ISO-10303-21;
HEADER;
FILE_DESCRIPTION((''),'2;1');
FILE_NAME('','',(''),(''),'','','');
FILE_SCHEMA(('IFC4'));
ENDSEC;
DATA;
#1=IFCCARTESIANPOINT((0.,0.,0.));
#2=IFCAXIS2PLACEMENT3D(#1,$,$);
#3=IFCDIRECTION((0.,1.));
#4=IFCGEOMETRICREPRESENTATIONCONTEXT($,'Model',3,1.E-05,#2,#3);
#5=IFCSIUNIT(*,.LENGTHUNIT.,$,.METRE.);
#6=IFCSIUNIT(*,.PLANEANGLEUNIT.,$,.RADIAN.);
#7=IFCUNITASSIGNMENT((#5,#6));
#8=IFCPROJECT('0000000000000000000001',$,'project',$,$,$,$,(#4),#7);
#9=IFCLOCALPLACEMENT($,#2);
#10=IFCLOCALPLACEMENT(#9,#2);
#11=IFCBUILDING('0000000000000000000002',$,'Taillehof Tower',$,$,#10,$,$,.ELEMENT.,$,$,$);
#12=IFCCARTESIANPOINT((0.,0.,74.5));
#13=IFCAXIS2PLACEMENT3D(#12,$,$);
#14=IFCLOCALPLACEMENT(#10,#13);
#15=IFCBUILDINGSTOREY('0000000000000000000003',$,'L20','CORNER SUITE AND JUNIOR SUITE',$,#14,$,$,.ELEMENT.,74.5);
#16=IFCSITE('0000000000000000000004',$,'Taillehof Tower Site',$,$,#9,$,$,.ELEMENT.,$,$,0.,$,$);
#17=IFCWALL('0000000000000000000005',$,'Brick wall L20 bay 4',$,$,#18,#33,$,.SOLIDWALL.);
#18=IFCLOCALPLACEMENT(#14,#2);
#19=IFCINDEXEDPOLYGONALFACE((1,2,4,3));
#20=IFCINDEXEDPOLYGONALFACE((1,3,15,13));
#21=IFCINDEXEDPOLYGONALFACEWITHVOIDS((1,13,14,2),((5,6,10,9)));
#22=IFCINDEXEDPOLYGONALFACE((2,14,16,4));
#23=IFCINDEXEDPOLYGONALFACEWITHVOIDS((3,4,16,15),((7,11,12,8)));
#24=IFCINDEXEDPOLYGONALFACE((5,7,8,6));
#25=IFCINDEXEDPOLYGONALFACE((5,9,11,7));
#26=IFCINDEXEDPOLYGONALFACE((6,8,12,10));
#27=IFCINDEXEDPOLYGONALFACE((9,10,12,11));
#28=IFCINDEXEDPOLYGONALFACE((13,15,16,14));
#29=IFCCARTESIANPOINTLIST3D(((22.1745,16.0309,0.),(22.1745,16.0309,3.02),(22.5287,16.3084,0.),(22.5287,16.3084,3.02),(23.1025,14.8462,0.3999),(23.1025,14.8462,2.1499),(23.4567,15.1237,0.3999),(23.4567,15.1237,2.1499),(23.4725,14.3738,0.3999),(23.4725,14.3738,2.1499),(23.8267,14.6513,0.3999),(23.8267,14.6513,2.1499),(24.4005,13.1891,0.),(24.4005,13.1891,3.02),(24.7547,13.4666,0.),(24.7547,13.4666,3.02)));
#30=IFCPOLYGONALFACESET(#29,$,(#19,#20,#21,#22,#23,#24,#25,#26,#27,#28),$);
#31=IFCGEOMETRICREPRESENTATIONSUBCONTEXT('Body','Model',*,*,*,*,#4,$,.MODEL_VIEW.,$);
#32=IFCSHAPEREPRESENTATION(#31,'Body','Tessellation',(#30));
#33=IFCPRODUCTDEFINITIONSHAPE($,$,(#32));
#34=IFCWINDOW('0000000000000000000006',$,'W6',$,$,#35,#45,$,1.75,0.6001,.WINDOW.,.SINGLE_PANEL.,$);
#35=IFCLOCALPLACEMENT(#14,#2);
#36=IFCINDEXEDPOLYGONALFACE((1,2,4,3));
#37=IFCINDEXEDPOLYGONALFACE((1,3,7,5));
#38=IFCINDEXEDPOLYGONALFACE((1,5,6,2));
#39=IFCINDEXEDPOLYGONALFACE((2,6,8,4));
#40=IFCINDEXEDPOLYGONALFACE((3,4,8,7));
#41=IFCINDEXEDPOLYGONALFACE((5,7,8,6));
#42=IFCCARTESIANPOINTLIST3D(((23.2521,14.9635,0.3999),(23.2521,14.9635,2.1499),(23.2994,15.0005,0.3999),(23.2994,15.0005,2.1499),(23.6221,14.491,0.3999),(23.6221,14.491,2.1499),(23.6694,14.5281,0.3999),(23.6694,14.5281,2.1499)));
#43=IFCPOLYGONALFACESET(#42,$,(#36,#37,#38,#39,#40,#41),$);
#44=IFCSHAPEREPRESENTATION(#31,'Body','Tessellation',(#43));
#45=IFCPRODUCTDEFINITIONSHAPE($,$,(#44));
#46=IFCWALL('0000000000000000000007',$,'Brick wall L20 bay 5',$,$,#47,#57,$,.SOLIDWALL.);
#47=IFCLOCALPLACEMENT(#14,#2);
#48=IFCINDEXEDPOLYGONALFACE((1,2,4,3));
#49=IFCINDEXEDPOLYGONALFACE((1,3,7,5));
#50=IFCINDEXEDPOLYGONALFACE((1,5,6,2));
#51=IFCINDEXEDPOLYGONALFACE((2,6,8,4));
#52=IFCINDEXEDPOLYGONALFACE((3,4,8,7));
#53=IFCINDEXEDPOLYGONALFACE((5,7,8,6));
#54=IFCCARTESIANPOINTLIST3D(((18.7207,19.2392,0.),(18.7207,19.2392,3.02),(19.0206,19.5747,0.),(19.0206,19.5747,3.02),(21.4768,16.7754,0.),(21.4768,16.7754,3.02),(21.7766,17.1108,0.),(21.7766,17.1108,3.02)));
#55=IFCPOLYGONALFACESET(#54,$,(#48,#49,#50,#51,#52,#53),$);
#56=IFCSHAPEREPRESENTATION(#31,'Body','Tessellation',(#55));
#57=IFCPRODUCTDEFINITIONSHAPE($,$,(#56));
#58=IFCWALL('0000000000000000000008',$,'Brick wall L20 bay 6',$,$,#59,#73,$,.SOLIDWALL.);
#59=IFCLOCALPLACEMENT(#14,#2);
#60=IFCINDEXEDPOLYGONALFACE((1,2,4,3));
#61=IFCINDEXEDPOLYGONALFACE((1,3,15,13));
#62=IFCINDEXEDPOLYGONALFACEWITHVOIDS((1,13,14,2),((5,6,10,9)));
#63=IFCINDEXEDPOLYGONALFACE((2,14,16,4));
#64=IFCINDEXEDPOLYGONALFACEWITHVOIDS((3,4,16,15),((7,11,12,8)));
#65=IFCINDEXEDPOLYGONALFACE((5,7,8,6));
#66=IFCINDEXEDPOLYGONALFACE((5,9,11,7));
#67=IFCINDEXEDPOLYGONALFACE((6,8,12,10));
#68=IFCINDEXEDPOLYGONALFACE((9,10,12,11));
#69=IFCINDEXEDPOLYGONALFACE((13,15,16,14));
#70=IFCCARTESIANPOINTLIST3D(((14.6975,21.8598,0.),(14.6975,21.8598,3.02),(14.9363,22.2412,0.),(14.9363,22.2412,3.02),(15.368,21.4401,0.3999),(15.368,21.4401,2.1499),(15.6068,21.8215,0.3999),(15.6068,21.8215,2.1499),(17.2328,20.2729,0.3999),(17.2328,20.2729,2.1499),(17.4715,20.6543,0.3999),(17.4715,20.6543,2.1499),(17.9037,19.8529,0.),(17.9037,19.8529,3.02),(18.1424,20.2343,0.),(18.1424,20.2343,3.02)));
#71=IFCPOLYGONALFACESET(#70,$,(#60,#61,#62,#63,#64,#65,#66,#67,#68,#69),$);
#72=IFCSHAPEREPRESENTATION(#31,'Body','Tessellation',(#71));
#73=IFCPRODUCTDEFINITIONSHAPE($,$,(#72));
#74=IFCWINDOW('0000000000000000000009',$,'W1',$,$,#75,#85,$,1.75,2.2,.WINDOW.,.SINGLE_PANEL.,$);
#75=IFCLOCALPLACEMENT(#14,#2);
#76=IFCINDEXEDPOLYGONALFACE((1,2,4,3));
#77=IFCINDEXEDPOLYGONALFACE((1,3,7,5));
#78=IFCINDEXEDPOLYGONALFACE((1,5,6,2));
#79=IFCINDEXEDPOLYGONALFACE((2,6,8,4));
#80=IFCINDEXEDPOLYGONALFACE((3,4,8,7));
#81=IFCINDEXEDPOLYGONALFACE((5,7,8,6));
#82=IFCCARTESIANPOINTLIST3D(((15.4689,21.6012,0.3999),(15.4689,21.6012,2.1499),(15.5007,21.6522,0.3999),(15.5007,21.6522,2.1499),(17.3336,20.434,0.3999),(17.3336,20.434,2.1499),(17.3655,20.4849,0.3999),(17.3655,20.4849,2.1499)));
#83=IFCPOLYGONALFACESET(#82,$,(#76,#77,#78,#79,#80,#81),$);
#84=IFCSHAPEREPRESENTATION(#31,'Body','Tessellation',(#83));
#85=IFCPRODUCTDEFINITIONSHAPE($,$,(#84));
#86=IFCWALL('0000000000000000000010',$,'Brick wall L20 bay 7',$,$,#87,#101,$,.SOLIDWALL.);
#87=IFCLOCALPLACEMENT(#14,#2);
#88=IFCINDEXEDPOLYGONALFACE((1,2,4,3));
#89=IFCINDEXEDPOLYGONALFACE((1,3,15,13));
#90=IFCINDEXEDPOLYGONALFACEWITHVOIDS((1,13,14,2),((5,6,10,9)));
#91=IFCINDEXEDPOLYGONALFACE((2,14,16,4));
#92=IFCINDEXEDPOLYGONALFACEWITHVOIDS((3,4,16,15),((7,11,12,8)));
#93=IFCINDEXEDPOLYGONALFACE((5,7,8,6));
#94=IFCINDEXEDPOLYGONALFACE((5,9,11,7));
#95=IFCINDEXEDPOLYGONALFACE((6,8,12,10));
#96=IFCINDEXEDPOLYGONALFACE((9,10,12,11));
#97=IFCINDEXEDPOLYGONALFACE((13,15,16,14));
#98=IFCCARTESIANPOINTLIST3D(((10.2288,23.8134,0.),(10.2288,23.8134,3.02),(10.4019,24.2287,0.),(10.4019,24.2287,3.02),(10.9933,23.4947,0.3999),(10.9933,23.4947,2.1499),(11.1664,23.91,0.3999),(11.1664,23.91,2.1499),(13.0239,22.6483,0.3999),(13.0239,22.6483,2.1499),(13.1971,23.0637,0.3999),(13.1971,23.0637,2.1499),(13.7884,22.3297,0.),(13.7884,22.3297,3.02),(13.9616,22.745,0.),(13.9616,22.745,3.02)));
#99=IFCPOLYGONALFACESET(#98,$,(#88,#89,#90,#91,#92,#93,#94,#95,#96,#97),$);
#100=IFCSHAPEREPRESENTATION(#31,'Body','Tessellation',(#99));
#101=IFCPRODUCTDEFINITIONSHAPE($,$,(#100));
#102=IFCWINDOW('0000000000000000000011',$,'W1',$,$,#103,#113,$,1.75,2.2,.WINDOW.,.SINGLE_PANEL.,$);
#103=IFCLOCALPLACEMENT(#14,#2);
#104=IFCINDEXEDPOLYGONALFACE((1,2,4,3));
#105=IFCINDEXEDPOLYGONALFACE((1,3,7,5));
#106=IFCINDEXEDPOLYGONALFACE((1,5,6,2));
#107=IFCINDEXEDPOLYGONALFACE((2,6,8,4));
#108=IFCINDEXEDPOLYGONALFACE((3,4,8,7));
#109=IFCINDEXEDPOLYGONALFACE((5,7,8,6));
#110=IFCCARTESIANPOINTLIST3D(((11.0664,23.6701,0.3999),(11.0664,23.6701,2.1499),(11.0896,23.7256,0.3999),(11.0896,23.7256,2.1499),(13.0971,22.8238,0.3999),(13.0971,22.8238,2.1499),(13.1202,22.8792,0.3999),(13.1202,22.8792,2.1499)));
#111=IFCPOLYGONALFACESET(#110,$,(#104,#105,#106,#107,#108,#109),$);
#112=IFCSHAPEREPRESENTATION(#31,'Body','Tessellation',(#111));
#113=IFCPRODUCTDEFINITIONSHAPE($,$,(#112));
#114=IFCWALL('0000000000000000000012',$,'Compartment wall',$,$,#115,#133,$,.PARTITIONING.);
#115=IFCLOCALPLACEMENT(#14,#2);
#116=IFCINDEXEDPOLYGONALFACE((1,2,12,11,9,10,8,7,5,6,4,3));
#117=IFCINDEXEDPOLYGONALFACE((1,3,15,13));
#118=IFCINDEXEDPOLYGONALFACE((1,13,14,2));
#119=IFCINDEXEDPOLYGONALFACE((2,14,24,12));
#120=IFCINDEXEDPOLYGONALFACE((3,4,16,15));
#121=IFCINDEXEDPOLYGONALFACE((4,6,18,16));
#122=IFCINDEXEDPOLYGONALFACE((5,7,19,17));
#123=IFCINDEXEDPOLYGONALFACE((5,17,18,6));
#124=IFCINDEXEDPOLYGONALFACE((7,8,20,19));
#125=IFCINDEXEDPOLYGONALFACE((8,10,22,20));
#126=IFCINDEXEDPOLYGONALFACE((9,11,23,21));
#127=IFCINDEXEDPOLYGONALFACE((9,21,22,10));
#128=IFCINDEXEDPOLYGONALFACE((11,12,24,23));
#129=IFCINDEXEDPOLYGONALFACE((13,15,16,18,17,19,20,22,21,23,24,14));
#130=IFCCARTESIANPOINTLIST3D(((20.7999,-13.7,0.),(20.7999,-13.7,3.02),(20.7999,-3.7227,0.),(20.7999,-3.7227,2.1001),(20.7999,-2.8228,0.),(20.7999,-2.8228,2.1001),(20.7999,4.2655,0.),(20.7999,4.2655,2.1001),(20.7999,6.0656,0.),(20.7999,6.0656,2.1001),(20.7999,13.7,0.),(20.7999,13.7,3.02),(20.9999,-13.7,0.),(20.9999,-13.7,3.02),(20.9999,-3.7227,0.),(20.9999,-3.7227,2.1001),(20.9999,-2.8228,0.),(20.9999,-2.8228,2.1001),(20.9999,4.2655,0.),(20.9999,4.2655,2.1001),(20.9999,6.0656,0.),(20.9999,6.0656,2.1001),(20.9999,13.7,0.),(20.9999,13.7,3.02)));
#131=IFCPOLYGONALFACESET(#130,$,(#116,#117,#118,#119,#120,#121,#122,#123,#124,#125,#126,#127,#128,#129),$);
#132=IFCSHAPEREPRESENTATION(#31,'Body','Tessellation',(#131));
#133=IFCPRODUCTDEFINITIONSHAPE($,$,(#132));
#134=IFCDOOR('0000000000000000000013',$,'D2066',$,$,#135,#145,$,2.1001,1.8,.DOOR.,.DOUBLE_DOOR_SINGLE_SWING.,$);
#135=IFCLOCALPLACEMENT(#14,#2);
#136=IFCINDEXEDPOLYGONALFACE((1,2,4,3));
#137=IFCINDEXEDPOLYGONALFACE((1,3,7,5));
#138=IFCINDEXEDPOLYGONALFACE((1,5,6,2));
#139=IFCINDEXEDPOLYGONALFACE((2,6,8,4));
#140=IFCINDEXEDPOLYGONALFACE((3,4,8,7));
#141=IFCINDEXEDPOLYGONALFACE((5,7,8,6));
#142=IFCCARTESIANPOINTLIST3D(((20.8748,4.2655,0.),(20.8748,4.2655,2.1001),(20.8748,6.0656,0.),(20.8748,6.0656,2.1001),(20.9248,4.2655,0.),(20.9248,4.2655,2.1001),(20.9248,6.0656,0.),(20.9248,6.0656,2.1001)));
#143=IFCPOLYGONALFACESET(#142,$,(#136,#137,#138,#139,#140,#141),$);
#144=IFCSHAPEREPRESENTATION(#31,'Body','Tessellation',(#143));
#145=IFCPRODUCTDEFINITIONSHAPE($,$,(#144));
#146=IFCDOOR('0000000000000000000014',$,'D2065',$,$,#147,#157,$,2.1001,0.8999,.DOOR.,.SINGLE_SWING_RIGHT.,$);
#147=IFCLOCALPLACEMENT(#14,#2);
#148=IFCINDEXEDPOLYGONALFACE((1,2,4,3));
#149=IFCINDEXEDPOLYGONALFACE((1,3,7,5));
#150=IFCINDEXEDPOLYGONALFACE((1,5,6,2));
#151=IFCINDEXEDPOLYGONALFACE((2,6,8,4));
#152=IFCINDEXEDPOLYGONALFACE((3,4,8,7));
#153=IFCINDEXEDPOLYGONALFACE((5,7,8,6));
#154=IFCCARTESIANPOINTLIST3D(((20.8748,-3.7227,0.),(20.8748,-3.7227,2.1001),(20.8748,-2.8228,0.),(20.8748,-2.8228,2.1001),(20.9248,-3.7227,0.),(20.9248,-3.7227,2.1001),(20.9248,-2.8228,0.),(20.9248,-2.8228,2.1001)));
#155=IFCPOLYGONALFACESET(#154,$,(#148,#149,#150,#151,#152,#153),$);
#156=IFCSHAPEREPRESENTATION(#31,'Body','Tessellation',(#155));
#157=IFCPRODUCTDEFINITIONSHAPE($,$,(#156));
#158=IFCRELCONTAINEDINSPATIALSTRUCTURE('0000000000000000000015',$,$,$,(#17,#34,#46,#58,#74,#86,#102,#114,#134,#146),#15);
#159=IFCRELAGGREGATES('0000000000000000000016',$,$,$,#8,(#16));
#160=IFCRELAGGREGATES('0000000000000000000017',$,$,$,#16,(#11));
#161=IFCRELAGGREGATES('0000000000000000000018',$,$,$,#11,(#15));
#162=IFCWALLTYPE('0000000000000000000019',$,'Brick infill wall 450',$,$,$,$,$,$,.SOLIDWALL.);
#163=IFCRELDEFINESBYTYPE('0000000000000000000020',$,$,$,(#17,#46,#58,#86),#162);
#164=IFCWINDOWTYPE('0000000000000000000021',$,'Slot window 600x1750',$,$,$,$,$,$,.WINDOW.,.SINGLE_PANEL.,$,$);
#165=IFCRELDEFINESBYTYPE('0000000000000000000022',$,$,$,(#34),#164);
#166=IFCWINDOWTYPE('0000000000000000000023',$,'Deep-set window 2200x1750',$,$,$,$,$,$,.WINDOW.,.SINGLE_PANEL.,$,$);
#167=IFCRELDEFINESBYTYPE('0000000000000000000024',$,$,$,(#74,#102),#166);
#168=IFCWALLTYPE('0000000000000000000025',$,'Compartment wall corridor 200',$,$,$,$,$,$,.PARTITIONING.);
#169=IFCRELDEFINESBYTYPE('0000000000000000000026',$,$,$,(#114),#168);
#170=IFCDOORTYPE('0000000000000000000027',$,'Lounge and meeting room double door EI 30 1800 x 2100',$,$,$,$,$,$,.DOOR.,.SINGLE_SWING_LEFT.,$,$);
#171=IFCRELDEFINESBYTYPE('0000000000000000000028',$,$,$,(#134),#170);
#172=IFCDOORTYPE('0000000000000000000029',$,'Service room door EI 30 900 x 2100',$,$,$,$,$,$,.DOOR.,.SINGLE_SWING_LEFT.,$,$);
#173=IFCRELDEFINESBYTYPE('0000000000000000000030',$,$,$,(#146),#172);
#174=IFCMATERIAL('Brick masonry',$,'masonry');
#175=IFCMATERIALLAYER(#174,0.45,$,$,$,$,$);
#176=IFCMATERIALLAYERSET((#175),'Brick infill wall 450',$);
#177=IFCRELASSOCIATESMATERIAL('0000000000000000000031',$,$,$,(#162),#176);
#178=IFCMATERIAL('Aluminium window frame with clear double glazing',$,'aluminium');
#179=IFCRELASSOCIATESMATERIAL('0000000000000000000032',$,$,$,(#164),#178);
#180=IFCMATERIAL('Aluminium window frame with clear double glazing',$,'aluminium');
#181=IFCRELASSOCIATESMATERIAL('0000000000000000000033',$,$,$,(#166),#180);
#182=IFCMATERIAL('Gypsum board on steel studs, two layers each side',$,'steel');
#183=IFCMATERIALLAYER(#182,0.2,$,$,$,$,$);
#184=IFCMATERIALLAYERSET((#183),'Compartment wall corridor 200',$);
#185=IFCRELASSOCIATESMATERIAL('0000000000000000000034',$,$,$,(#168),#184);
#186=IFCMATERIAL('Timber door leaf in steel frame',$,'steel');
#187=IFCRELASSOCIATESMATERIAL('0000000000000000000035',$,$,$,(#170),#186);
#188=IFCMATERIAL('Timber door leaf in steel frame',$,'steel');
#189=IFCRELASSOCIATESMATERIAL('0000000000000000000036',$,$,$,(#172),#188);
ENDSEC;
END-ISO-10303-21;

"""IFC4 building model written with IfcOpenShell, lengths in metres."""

from ifc_helpers import new_model, si_unit, direction, frame, frame_2d, origin, place, context, subcontext, project, spatial, rectangle, extrude, material, layer, layer_set, type_object, element, fill, save


model = new_model("IFC4")

# Units and contexts
model_context = context("Model", 3, precision=1e-05, world=origin(), true_north=direction((0.0, 1.0)))
body_context = subcontext(model_context, "Body", "Model", "MODEL_VIEW")
ifc_project = project(units=[si_unit("LENGTHUNIT", "METRE"), si_unit("PLANEANGLEUNIT", "RADIAN")], contexts=[model_context])

# Site, building, storey
site_placement = place(None, origin())
site = spatial("IfcSite", under=ifc_project, at=site_placement, Name="Taillehof Tower Site", CompositionType="ELEMENT", RefElevation=0.0)
building_placement = place(site_placement, origin())
building = spatial("IfcBuilding", under=site, at=building_placement, Name="Taillehof Tower", CompositionType="ELEMENT")
storey_placement = place(building_placement, frame((0.0, 0.0, 74.5)))
storey = spatial("IfcBuildingStorey", under=building, at=storey_placement, Name="L20", Description="CORNER SUITE AND JUNIOR SUITE", CompositionType="ELEMENT", Elevation=74.5)

# Wall, opening, window
ifc_material_1 = material(Name="Brick masonry", Category="masonry")
ifc_layer_1 = layer(ifc_material_1, 0.45)
ifc_layer_set_1 = layer_set([ifc_layer_1], Name="Brick infill wall 450")
wall_type_1 = type_object("IfcWallType", Name="Brick infill wall 450", PredefinedType="SOLIDWALL", material=ifc_layer_set_1)
wall_1_placement = place(storey_placement, frame((24.5776, 13.3279, 0.0), z_axis=(0.0, 0.0, 1.0), x_axis=(-0.616662, 0.787228, 0.0)))
wall_1 = element("IfcWall", 1, at=wall_1_placement, inside=storey, type_object=wall_type_1, Name="Brick wall L20 bay 4", PredefinedType="SOLIDWALL", context=body_context, shape_type="SweptSolid", body=[
    extrude(rectangle(XDim=3.6099, YDim=0.45, at=frame_2d((1.8049, 0.0))), origin(), (0.0, 0.0, 1.0), 3.02),
])
opening_1_placement = place(wall_1_placement, frame((1.5049, 0.0, 0.3999)))
opening_1 = element("IfcOpeningElement", 2, at=opening_1_placement, cuts=wall_1, PredefinedType="OPENING", context=body_context, shape_type="SweptSolid", body=[
    extrude(rectangle(XDim=0.6001, YDim=1.75, at=frame_2d((0.3, 0.875))), frame((0.0, 0.2349, 0.0), z_axis=(0.0, -1.0, 0.0), x_axis=(1.0, 0.0, 0.0)), (0.0, 0.0, 1.0), 0.47),
])
ifc_material_2 = material(Name="Aluminium window frame with clear double glazing", Category="aluminium")
window_type_1 = type_object("IfcWindowType", Name="Slot window 600x1750", PartitioningType="SINGLE_PANEL", PredefinedType="WINDOW", material=ifc_material_2)
window_1_placement = place(opening_1_placement, origin())
window_1 = element("IfcWindow", 3, at=window_1_placement, inside=storey, type_object=window_type_1, Name="W6", OverallHeight=1.75, OverallWidth=0.6001, PartitioningType="SINGLE_PANEL", PredefinedType="WINDOW", context=body_context, shape_type="SweptSolid", body=[
    extrude(rectangle(XDim=0.6001, YDim=1.75, at=frame_2d((0.3, 0.875))), frame((0.0, 0.0349, 0.0), z_axis=(0.0, -1.0, 0.0), x_axis=(1.0, 0.0, 0.0)), (0.0, 0.0, 1.0), 0.0601),
])
fill(opening_1, window_1)

# Wall
wall_2_placement = place(storey_placement, frame((21.6267, 16.9431, 0.0), z_axis=(0.0, 0.0, 1.0), x_axis=(-0.745526, 0.666476, 0.0)))
element("IfcWall", 4, at=wall_2_placement, inside=storey, type_object=wall_type_1, Name="Brick wall L20 bay 5", PredefinedType="SOLIDWALL", context=body_context, shape_type="SweptSolid", body=[
    extrude(rectangle(XDim=3.6968, YDim=0.45, at=frame_2d((1.8484, 0.0))), origin(), (0.0, 0.0, 1.0), 3.02),
])

# Walls, openings, windows
wall_3_placement = place(storey_placement, frame((18.0229, 20.0437, 0.0), z_axis=(0.0, 0.0, 1.0), x_axis=(-0.847635, 0.530579, 0.0)))
wall_3 = element("IfcWall", 5, at=wall_3_placement, inside=storey, type_object=wall_type_1, Name="Brick wall L20 bay 6", PredefinedType="SOLIDWALL", context=body_context, shape_type="SweptSolid", body=[
    extrude(rectangle(XDim=3.7825, YDim=0.45, at=frame_2d((1.8911, 0.0))), origin(), (0.0, 0.0, 1.0), 3.02),
])
opening_2_placement = place(wall_3_placement, frame((0.7913, 0.0, 0.3999)))
opening_2 = element("IfcOpeningElement", 6, at=opening_2_placement, cuts=wall_3, PredefinedType="OPENING", context=body_context, shape_type="SweptSolid", body=[
    extrude(rectangle(XDim=2.2, YDim=1.75, at=frame_2d((1.1001, 0.875))), frame((0.0, 0.2349, 0.0), z_axis=(0.0, -1.0, 0.0), x_axis=(1.0, 0.0, 0.0)), (0.0, 0.0, 1.0), 0.47),
])
ifc_material_3 = material(Name="Aluminium window frame with clear double glazing", Category="aluminium")
window_type_2 = type_object("IfcWindowType", Name="Deep-set window 2200x1750", PartitioningType="SINGLE_PANEL", PredefinedType="WINDOW", material=ifc_material_3)
window_2_placement = place(opening_2_placement, origin())
window_2 = element("IfcWindow", 7, at=window_2_placement, inside=storey, type_object=window_type_2, Name="W1", OverallHeight=1.75, OverallWidth=2.2, PartitioningType="SINGLE_PANEL", PredefinedType="WINDOW", context=body_context, shape_type="SweptSolid", body=[
    extrude(rectangle(XDim=2.2, YDim=1.75, at=frame_2d((1.1001, 0.875))), frame((0.0, 0.0349, 0.0), z_axis=(0.0, -1.0, 0.0), x_axis=(1.0, 0.0, 0.0)), (0.0, 0.0, 1.0), 0.0601),
])
fill(opening_2, window_2)
wall_4_placement = place(storey_placement, frame((13.875, 22.5374, 0.0), z_axis=(0.0, 0.0, 1.0), x_axis=(-0.923032, 0.384723, 0.0)))
wall_4 = element("IfcWall", 8, at=wall_4_placement, inside=storey, type_object=wall_type_1, Name="Brick wall L20 bay 7", PredefinedType="SOLIDWALL", context=body_context, shape_type="SweptSolid", body=[
    extrude(rectangle(XDim=3.8564, YDim=0.45, at=frame_2d((1.9282, 0.0))), origin(), (0.0, 0.0, 1.0), 3.02),
])
opening_3_placement = place(wall_4_placement, frame((0.8281, 0.0, 0.3999)))
opening_3 = element("IfcOpeningElement", 9, at=opening_3_placement, cuts=wall_4, PredefinedType="OPENING", context=body_context, shape_type="SweptSolid", body=[
    extrude(rectangle(XDim=2.2, YDim=1.75, at=frame_2d((1.1001, 0.875))), frame((0.0, 0.2349, 0.0), z_axis=(0.0, -1.0, 0.0), x_axis=(1.0, 0.0, 0.0)), (0.0, 0.0, 1.0), 0.47),
])
window_3_placement = place(opening_3_placement, origin())
window_3 = element("IfcWindow", 10, at=window_3_placement, inside=storey, type_object=window_type_2, Name="W1", OverallHeight=1.75, OverallWidth=2.2, PartitioningType="SINGLE_PANEL", PredefinedType="WINDOW", context=body_context, shape_type="SweptSolid", body=[
    extrude(rectangle(XDim=2.2, YDim=1.75, at=frame_2d((1.1001, 0.875))), frame((0.0, 0.0349, 0.0), z_axis=(0.0, -1.0, 0.0), x_axis=(1.0, 0.0, 0.0)), (0.0, 0.0, 1.0), 0.0601),
])
fill(opening_3, window_3)

# Wall, openings, doors
ifc_material_4 = material(Name="Gypsum board on steel studs, two layers each side", Category="steel")
ifc_layer_2 = layer(ifc_material_4, 0.2)
ifc_layer_set_2 = layer_set([ifc_layer_2], Name="Compartment wall corridor 200")
wall_type_2 = type_object("IfcWallType", Name="Compartment wall corridor 200", PredefinedType="PARTITIONING", material=ifc_layer_set_2)
wall_5_placement = place(storey_placement, frame((20.8999, 13.7, 0.0), z_axis=(0.0, 0.0, 1.0), x_axis=(0.0, -1.0, 0.0)))
wall_5 = element("IfcWall", 11, at=wall_5_placement, inside=storey, type_object=wall_type_2, Name="Compartment wall", PredefinedType="PARTITIONING", context=body_context, shape_type="SweptSolid", body=[
    extrude(rectangle(XDim=27.3999, YDim=0.2, at=frame_2d((13.7, 0.0))), origin(), (0.0, 0.0, 1.0), 3.02),
])
opening_4_placement = place(wall_5_placement, frame((16.5227, 0.0, 0.0)))
opening_4 = element("IfcOpeningElement", 12, at=opening_4_placement, cuts=wall_5, PredefinedType="OPENING", context=body_context, shape_type="SweptSolid", body=[
    extrude(rectangle(XDim=0.8999, YDim=2.1001, at=frame_2d((0.45, 1.05))), frame((0.0, 0.1099, 0.0), z_axis=(0.0, -1.0, 0.0), x_axis=(1.0, 0.0, 0.0)), (0.0, 0.0, 1.0), 0.22),
])
opening_5_placement = place(wall_5_placement, frame((7.6345, 0.0, 0.0)))
opening_5 = element("IfcOpeningElement", 13, at=opening_5_placement, cuts=wall_5, PredefinedType="OPENING", context=body_context, shape_type="SweptSolid", body=[
    extrude(rectangle(XDim=1.8, YDim=2.1001, at=frame_2d((0.8999, 1.05))), frame((0.0, 0.1099, 0.0), z_axis=(0.0, -1.0, 0.0), x_axis=(1.0, 0.0, 0.0)), (0.0, 0.0, 1.0), 0.22),
])
ifc_material_5 = material(Name="Timber door leaf in steel frame", Category="steel")
door_type_1 = type_object("IfcDoorType", Name="Lounge and meeting room double door EI 30 1800 x 2100", OperationType="SINGLE_SWING_LEFT", PredefinedType="DOOR", material=ifc_material_5)
door_1_placement = place(opening_5_placement, origin())
door_1 = element("IfcDoor", 14, at=door_1_placement, inside=storey, type_object=door_type_1, Name="D2066", OperationType="DOUBLE_DOOR_SINGLE_SWING", OverallHeight=2.1001, OverallWidth=1.8, PredefinedType="DOOR", context=body_context, shape_type="SweptSolid", body=[
    extrude(rectangle(XDim=1.8, YDim=2.1001, at=frame_2d((0.8999, 1.05))), frame((0.0, 0.0249, 0.0), z_axis=(0.0, -1.0, 0.0), x_axis=(1.0, 0.0, 0.0)), (0.0, 0.0, 1.0), 0.05),
])
fill(opening_5, door_1)
ifc_material_6 = material(Name="Timber door leaf in steel frame", Category="steel")
door_type_2 = type_object("IfcDoorType", Name="Service room door EI 30 900 x 2100", OperationType="SINGLE_SWING_LEFT", PredefinedType="DOOR", material=ifc_material_6)
door_2_placement = place(opening_4_placement, origin())
door_2 = element("IfcDoor", 15, at=door_2_placement, inside=storey, type_object=door_type_2, Name="D2065", OperationType="SINGLE_SWING_RIGHT", OverallHeight=2.1001, OverallWidth=0.8999, PredefinedType="DOOR", context=body_context, shape_type="SweptSolid", body=[
    extrude(rectangle(XDim=0.8999, YDim=2.1001, at=frame_2d((0.45, 1.05))), frame((0.0, 0.0249, 0.0), z_axis=(0.0, -1.0, 0.0), x_axis=(1.0, 0.0, 0.0)), (0.0, 0.0, 1.0), 0.05),
])
fill(opening_4, door_2)

save(model, "model.ifc")
